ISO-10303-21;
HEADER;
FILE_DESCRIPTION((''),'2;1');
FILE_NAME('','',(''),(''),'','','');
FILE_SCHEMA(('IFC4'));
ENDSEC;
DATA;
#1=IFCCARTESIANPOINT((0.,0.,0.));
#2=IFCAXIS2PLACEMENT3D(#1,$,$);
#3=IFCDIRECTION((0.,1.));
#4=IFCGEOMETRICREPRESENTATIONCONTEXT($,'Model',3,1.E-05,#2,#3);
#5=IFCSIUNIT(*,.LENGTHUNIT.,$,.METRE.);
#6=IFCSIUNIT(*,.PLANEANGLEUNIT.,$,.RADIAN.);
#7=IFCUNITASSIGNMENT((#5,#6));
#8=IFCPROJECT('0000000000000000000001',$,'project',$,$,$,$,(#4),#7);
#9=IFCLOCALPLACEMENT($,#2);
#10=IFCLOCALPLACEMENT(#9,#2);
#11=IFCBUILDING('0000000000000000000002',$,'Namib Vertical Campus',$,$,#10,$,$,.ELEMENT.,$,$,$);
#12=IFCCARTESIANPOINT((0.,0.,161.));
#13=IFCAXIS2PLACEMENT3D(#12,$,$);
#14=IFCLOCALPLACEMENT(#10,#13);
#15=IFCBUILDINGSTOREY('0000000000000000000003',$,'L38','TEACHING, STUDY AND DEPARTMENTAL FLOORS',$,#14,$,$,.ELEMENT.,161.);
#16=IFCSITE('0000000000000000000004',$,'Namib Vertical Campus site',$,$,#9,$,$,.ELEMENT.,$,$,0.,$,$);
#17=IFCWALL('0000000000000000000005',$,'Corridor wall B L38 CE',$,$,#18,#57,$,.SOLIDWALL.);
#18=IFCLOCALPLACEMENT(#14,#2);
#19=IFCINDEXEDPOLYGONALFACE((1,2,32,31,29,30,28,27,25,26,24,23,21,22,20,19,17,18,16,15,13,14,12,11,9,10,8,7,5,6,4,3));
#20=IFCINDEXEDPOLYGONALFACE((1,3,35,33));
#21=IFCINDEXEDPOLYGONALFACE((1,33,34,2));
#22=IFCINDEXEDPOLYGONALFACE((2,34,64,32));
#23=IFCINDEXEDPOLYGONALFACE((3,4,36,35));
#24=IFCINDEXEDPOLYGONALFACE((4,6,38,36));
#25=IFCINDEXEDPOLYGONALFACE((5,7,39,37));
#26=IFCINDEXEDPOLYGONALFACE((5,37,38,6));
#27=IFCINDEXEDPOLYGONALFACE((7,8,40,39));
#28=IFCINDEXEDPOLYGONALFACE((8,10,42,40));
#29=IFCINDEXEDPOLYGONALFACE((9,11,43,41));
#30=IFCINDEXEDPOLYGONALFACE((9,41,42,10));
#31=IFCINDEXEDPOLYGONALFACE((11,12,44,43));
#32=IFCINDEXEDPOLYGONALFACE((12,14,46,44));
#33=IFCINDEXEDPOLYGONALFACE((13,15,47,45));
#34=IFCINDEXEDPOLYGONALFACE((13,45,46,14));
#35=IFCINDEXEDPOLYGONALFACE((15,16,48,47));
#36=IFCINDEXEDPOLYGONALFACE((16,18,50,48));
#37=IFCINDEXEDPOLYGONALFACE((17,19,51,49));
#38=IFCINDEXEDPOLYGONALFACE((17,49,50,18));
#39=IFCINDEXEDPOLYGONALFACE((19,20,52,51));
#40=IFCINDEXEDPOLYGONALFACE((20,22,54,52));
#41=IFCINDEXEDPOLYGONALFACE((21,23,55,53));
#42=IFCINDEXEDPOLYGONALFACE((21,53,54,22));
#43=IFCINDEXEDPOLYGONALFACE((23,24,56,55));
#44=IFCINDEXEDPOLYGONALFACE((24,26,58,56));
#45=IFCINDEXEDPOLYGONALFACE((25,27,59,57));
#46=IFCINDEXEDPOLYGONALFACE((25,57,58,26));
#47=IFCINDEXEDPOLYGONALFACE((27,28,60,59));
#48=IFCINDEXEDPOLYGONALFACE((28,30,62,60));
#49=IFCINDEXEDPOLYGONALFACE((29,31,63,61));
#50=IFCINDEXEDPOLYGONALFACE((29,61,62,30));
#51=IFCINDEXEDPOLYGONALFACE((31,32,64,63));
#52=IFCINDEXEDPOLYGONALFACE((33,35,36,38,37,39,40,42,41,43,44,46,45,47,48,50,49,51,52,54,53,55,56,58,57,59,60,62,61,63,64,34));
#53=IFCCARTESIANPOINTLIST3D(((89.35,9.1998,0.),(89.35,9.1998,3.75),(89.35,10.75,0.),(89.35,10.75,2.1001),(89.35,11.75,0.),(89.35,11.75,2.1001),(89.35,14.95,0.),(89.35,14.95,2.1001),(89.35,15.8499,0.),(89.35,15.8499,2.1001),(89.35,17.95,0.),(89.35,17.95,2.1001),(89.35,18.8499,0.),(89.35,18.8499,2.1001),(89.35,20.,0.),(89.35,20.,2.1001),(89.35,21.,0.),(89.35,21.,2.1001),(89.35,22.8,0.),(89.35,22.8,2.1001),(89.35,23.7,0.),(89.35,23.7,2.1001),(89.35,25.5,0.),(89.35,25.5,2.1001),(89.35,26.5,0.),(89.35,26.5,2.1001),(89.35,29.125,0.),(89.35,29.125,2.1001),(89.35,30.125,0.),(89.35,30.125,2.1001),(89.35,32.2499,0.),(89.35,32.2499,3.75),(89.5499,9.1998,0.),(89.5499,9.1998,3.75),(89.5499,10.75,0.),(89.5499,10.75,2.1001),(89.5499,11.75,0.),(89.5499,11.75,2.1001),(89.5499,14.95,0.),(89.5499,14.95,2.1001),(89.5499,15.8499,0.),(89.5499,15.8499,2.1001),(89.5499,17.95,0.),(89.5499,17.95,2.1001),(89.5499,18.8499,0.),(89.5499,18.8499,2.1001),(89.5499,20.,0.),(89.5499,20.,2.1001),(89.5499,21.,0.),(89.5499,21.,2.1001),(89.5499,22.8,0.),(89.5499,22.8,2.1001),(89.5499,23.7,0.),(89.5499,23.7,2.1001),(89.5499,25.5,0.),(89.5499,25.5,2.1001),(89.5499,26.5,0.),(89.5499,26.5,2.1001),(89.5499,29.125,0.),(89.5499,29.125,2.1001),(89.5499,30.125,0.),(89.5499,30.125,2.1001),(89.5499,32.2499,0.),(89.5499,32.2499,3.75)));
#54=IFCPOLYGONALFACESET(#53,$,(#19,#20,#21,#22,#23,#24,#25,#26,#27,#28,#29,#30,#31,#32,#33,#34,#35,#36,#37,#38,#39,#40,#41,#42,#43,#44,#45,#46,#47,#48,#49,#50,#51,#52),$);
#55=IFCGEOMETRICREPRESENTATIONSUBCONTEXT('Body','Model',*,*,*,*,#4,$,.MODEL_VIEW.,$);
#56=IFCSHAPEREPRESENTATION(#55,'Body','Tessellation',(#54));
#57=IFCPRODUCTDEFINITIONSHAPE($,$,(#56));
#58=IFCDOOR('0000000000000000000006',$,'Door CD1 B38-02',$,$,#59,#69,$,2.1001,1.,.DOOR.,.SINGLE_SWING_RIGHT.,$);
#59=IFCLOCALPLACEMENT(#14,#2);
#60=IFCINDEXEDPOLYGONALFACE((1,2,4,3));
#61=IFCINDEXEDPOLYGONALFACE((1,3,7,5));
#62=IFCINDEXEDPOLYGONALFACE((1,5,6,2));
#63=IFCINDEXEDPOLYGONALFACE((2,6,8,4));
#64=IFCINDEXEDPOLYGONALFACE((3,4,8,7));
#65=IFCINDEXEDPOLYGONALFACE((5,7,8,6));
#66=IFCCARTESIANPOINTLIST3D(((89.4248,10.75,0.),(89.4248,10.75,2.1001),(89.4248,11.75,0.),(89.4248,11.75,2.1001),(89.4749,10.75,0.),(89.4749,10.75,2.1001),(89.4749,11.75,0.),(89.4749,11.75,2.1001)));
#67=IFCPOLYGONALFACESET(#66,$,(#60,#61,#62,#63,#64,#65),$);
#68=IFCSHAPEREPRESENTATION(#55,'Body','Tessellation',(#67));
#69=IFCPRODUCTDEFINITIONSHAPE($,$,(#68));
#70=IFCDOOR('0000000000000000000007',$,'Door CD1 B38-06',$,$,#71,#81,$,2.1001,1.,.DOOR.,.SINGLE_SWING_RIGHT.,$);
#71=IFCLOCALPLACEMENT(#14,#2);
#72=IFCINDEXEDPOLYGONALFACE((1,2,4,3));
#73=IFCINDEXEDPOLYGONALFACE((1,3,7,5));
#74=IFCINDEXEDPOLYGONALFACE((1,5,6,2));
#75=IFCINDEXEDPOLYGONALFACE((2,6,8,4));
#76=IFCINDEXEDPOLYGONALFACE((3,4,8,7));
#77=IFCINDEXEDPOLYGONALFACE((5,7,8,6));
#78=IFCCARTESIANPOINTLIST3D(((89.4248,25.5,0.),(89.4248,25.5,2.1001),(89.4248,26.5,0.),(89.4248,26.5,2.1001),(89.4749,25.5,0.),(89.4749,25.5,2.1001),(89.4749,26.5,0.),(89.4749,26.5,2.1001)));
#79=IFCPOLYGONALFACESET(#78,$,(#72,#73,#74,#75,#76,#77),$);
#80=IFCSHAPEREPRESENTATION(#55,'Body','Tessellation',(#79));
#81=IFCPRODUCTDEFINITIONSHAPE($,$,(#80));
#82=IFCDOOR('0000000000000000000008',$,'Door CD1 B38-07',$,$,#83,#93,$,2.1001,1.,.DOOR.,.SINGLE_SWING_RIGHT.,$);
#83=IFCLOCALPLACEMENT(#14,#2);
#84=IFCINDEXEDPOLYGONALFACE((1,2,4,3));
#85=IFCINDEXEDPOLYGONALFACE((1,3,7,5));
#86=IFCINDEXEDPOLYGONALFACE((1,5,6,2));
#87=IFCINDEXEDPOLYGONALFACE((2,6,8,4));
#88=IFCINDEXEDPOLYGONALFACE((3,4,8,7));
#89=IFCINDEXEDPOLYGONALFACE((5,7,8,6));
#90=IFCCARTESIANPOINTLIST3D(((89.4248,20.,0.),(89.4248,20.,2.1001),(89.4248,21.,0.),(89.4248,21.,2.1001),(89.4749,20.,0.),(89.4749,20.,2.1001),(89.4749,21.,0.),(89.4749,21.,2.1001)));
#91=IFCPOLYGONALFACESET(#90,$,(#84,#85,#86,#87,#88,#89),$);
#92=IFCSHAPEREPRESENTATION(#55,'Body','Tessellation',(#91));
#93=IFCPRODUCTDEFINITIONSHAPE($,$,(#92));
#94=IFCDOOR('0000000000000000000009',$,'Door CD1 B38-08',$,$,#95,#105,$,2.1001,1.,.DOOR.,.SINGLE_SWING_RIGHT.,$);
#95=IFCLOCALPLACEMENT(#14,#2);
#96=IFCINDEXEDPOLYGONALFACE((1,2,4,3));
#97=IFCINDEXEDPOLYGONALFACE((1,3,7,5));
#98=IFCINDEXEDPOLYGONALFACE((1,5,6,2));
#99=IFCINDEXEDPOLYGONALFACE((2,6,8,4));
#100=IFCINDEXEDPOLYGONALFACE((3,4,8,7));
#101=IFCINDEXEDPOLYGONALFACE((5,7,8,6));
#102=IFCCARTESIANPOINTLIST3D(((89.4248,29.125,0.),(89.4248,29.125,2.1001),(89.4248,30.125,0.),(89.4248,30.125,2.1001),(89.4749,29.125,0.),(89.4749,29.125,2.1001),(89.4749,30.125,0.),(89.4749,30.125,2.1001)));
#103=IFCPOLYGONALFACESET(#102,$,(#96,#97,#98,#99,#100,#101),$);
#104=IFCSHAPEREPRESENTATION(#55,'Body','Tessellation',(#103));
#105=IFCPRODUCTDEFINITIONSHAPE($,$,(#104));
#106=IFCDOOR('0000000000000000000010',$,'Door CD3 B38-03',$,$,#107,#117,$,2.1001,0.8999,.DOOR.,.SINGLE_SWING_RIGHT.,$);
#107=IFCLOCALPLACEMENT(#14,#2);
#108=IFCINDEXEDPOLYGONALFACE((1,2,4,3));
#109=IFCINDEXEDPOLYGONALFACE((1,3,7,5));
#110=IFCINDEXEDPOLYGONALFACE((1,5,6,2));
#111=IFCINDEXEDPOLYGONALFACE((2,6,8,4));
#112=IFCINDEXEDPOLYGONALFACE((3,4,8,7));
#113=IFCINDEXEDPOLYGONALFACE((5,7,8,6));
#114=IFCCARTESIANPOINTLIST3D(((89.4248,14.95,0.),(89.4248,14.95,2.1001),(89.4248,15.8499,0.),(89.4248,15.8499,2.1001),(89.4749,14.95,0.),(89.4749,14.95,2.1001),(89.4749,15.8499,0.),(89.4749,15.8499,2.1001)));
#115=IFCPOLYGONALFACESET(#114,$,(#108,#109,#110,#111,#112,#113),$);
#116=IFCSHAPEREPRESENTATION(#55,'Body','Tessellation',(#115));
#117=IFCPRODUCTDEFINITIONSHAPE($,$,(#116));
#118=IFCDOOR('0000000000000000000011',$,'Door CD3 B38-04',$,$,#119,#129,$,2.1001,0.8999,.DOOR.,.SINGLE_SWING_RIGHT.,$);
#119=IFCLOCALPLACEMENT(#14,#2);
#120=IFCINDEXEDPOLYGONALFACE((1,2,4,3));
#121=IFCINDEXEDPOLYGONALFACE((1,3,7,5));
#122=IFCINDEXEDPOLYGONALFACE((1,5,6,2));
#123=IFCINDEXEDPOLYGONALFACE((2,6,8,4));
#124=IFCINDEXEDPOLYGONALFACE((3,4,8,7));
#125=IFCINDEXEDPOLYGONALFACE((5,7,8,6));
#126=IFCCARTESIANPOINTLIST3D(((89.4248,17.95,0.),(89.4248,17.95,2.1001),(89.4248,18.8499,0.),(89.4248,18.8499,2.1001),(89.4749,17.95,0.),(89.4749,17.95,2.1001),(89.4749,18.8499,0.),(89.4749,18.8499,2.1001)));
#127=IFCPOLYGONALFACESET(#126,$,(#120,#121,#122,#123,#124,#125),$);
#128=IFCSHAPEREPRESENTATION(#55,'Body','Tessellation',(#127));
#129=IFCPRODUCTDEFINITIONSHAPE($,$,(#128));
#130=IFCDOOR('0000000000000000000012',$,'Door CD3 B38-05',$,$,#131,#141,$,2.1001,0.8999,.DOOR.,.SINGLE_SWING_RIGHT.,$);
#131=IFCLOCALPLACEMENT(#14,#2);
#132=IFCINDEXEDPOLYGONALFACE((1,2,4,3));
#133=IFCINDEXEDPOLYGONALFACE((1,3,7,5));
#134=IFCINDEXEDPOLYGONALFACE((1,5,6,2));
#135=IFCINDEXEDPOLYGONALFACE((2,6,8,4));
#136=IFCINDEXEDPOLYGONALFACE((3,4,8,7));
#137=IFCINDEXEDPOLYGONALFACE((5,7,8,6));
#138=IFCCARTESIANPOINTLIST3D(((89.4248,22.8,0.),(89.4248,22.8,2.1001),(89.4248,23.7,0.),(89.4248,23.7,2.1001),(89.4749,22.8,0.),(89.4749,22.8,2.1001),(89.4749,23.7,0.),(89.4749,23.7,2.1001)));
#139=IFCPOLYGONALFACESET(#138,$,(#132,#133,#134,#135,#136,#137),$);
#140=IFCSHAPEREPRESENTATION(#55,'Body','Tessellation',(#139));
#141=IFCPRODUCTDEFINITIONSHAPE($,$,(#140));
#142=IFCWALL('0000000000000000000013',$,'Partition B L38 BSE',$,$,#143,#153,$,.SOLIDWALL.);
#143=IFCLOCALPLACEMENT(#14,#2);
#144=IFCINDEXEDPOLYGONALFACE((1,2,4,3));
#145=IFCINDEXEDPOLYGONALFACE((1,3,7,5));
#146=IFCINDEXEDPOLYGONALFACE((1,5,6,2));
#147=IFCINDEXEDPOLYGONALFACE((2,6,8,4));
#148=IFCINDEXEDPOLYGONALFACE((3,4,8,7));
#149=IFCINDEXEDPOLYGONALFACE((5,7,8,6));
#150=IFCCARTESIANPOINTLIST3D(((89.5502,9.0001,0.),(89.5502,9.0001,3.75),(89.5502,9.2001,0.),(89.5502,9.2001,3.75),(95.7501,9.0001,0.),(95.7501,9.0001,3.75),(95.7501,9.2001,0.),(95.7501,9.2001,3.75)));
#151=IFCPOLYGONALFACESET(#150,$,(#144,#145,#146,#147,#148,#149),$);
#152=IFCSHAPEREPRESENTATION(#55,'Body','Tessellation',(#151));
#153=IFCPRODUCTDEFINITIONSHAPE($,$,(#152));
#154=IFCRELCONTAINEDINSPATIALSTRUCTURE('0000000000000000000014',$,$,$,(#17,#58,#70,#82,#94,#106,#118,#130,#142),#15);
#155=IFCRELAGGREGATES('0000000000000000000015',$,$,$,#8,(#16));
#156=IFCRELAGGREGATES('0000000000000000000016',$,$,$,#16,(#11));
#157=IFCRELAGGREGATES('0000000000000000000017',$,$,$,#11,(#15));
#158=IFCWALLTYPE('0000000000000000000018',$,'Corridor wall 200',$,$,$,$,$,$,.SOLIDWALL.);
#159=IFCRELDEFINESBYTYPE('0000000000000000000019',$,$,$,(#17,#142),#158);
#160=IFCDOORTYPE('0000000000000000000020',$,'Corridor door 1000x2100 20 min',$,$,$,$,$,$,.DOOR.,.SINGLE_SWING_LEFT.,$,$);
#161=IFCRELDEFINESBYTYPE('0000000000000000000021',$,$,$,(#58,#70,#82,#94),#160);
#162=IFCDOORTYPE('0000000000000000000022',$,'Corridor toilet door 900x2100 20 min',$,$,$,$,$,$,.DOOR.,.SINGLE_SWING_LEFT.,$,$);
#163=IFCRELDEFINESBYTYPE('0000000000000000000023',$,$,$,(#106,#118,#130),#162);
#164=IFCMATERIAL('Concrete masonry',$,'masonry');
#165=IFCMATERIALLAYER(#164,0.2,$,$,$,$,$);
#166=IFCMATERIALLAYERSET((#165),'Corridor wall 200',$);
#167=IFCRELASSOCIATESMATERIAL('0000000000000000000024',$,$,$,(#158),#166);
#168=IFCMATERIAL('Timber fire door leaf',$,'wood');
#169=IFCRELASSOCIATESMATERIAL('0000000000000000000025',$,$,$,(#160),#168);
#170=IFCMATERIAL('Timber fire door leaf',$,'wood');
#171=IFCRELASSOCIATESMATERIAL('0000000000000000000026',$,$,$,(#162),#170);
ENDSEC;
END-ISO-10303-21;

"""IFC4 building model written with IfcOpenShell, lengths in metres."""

from ifc_helpers import new_model, si_unit, direction, frame, frame_2d, origin, place, context, subcontext, project, spatial, rectangle, extrude, material, layer, layer_set, type_object, element, fill, save


model = new_model("IFC4")

# Units and contexts
model_context = context("Model", 3, precision=1e-05, world=origin(), true_north=direction((0.0, 1.0)))
body_context = subcontext(model_context, "Body", "Model", "MODEL_VIEW")
ifc_project = project(units=[si_unit("LENGTHUNIT", "METRE"), si_unit("PLANEANGLEUNIT", "RADIAN")], contexts=[model_context])

# Site, building, storey
site_placement = place(None, origin())
site = spatial("IfcSite", under=ifc_project, at=site_placement, Name="Namib Vertical Campus site", CompositionType="ELEMENT", RefElevation=0.0)
building_placement = place(site_placement, origin())
building = spatial("IfcBuilding", under=site, at=building_placement, Name="Namib Vertical Campus", CompositionType="ELEMENT")
storey_placement = place(building_placement, frame((0.0, 0.0, 161.0)))
storey = spatial("IfcBuildingStorey", under=building, at=storey_placement, Name="L38", Description="TEACHING, STUDY AND DEPARTMENTAL FLOORS", CompositionType="ELEMENT", Elevation=161.0)

# Wall, openings, doors
ifc_material_1 = material(Name="Concrete masonry", Category="masonry")
ifc_layer_1 = layer(ifc_material_1, 0.2)
ifc_layer_set_1 = layer_set([ifc_layer_1], Name="Corridor wall 200")
wall_type_1 = type_object("IfcWallType", Name="Corridor wall 200", PredefinedType="SOLIDWALL", material=ifc_layer_set_1)
wall_1_placement = place(storey_placement, frame((89.45, 9.2, 0.0), z_axis=(0.0, 0.0, 1.0), x_axis=(0.0, 1.0, 0.0)))
wall_1 = element("IfcWall", 1, at=wall_1_placement, inside=storey, type_object=wall_type_1, Name="Corridor wall B L38 CE", PredefinedType="SOLIDWALL", context=body_context, shape_type="SweptSolid", body=[
    extrude(rectangle(XDim=23.05, YDim=0.2, at=frame_2d((11.5249, 0.0))), origin(), (0.0, 0.0, 1.0), 3.75),
])
opening_1_placement = place(wall_1_placement, frame((1.55, 0.0, 0.0)))
opening_1 = element("IfcOpeningElement", 2, at=opening_1_placement, cuts=wall_1, PredefinedType="OPENING", context=body_context, shape_type="SweptSolid", body=[
    extrude(rectangle(XDim=1.0, YDim=2.1001, at=frame_2d((0.5, 1.05))), frame((0.0, 0.1099, 0.0), z_axis=(0.0, -1.0, 0.0), x_axis=(1.0, 0.0, 0.0)), (0.0, 0.0, 1.0), 0.22),
])
opening_2_placement = place(wall_1_placement, frame((5.75, 0.0, 0.0)))
opening_2 = element("IfcOpeningElement", 3, at=opening_2_placement, cuts=wall_1, PredefinedType="OPENING", context=body_context, shape_type="SweptSolid", body=[
    extrude(rectangle(XDim=0.8999, YDim=2.1001, at=frame_2d((0.45, 1.05))), frame((0.0, 0.1099, 0.0), z_axis=(0.0, -1.0, 0.0), x_axis=(1.0, 0.0, 0.0)), (0.0, 0.0, 1.0), 0.22),
])
opening_3_placement = place(wall_1_placement, frame((8.75, 0.0, 0.0)))
opening_3 = element("IfcOpeningElement", 4, at=opening_3_placement, cuts=wall_1, PredefinedType="OPENING", context=body_context, shape_type="SweptSolid", body=[
    extrude(rectangle(XDim=0.8999, YDim=2.1001, at=frame_2d((0.45, 1.05))), frame((0.0, 0.1099, 0.0), z_axis=(0.0, -1.0, 0.0), x_axis=(1.0, 0.0, 0.0)), (0.0, 0.0, 1.0), 0.22),
])
opening_4_placement = place(wall_1_placement, frame((13.6001, 0.0, 0.0)))
opening_4 = element("IfcOpeningElement", 5, at=opening_4_placement, cuts=wall_1, PredefinedType="OPENING", context=body_context, shape_type="SweptSolid", body=[
    extrude(rectangle(XDim=0.8999, YDim=2.1001, at=frame_2d((0.45, 1.05))), frame((0.0, 0.1099, 0.0), z_axis=(0.0, -1.0, 0.0), x_axis=(1.0, 0.0, 0.0)), (0.0, 0.0, 1.0), 0.22),
])
opening_5_placement = place(wall_1_placement, frame((16.3, 0.0, 0.0)))
opening_5 = element("IfcOpeningElement", 6, at=opening_5_placement, cuts=wall_1, PredefinedType="OPENING", context=body_context, shape_type="SweptSolid", body=[
    extrude(rectangle(XDim=1.0, YDim=2.1001, at=frame_2d((0.5, 1.05))), frame((0.0, 0.1099, 0.0), z_axis=(0.0, -1.0, 0.0), x_axis=(1.0, 0.0, 0.0)), (0.0, 0.0, 1.0), 0.22),
])
opening_6_placement = place(wall_1_placement, frame((10.8, 0.0, 0.0)))
opening_6 = element("IfcOpeningElement", 7, at=opening_6_placement, cuts=wall_1, PredefinedType="OPENING", context=body_context, shape_type="SweptSolid", body=[
    extrude(rectangle(XDim=1.0, YDim=2.1001, at=frame_2d((0.5, 1.05))), frame((0.0, 0.1099, 0.0), z_axis=(0.0, -1.0, 0.0), x_axis=(1.0, 0.0, 0.0)), (0.0, 0.0, 1.0), 0.22),
])
opening_7_placement = place(wall_1_placement, frame((19.925, 0.0, 0.0)))
opening_7 = element("IfcOpeningElement", 8, at=opening_7_placement, cuts=wall_1, PredefinedType="OPENING", context=body_context, shape_type="SweptSolid", body=[
    extrude(rectangle(XDim=1.0, YDim=2.1001, at=frame_2d((0.5, 1.05))), frame((0.0, 0.1099, 0.0), z_axis=(0.0, -1.0, 0.0), x_axis=(1.0, 0.0, 0.0)), (0.0, 0.0, 1.0), 0.22),
])
ifc_material_2 = material(Name="Timber fire door leaf", Category="wood")
door_type_1 = type_object("IfcDoorType", Name="Corridor door 1000x2100 20 min", OperationType="SINGLE_SWING_LEFT", PredefinedType="DOOR", material=ifc_material_2)
door_1_placement = place(opening_1_placement, frame((1.0, 0.0, 0.0), z_axis=(0.0, 0.0, 1.0), x_axis=(-1.0, 0.0, 0.0)))
door_1 = element("IfcDoor", 9, at=door_1_placement, inside=storey, type_object=door_type_1, Name="Door CD1 B38-02", OperationType="SINGLE_SWING_RIGHT", OverallHeight=2.1001, OverallWidth=1.0, PredefinedType="DOOR", context=body_context, shape_type="SweptSolid", body=[
    extrude(rectangle(XDim=1.0, YDim=2.1001, at=frame_2d((0.5, 1.05))), frame((0.0, 0.0249, 0.0), z_axis=(0.0, -1.0, 0.0), x_axis=(1.0, 0.0, 0.0)), (0.0, 0.0, 1.0), 0.05),
])
fill(opening_1, door_1)
door_2_placement = place(opening_5_placement, frame((1.0, 0.0, 0.0), z_axis=(0.0, 0.0, 1.0), x_axis=(-1.0, 0.0, 0.0)))
door_2 = element("IfcDoor", 10, at=door_2_placement, inside=storey, type_object=door_type_1, Name="Door CD1 B38-06", OperationType="SINGLE_SWING_RIGHT", OverallHeight=2.1001, OverallWidth=1.0, PredefinedType="DOOR", context=body_context, shape_type="SweptSolid", body=[
    extrude(rectangle(XDim=1.0, YDim=2.1001, at=frame_2d((0.5, 1.05))), frame((0.0, 0.0249, 0.0), z_axis=(0.0, -1.0, 0.0), x_axis=(1.0, 0.0, 0.0)), (0.0, 0.0, 1.0), 0.05),
])
fill(opening_5, door_2)
door_3_placement = place(opening_6_placement, frame((1.0, 0.0, 0.0), z_axis=(0.0, 0.0, 1.0), x_axis=(-1.0, 0.0, 0.0)))
door_3 = element("IfcDoor", 11, at=door_3_placement, inside=storey, type_object=door_type_1, Name="Door CD1 B38-07", OperationType="SINGLE_SWING_RIGHT", OverallHeight=2.1001, OverallWidth=1.0, PredefinedType="DOOR", context=body_context, shape_type="SweptSolid", body=[
    extrude(rectangle(XDim=1.0, YDim=2.1001, at=frame_2d((0.5, 1.05))), frame((0.0, 0.0249, 0.0), z_axis=(0.0, -1.0, 0.0), x_axis=(1.0, 0.0, 0.0)), (0.0, 0.0, 1.0), 0.05),
])
fill(opening_6, door_3)
door_4_placement = place(opening_7_placement, frame((1.0, 0.0, 0.0), z_axis=(0.0, 0.0, 1.0), x_axis=(-1.0, 0.0, 0.0)))
door_4 = element("IfcDoor", 12, at=door_4_placement, inside=storey, type_object=door_type_1, Name="Door CD1 B38-08", OperationType="SINGLE_SWING_RIGHT", OverallHeight=2.1001, OverallWidth=1.0, PredefinedType="DOOR", context=body_context, shape_type="SweptSolid", body=[
    extrude(rectangle(XDim=1.0, YDim=2.1001, at=frame_2d((0.5, 1.05))), frame((0.0, 0.0249, 0.0), z_axis=(0.0, -1.0, 0.0), x_axis=(1.0, 0.0, 0.0)), (0.0, 0.0, 1.0), 0.05),
])
fill(opening_7, door_4)
ifc_material_3 = material(Name="Timber fire door leaf", Category="wood")
door_type_2 = type_object("IfcDoorType", Name="Corridor toilet door 900x2100 20 min", OperationType="SINGLE_SWING_LEFT", PredefinedType="DOOR", material=ifc_material_3)
door_5_placement = place(opening_2_placement, frame((0.8999, 0.0, 0.0), z_axis=(0.0, 0.0, 1.0), x_axis=(-1.0, 0.0, 0.0)))
door_5 = element("IfcDoor", 13, at=door_5_placement, inside=storey, type_object=door_type_2, Name="Door CD3 B38-03", OperationType="SINGLE_SWING_RIGHT", OverallHeight=2.1001, OverallWidth=0.8999, PredefinedType="DOOR", context=body_context, shape_type="SweptSolid", body=[
    extrude(rectangle(XDim=0.8999, YDim=2.1001, at=frame_2d((0.45, 1.05))), frame((0.0, 0.0249, 0.0), z_axis=(0.0, -1.0, 0.0), x_axis=(1.0, 0.0, 0.0)), (0.0, 0.0, 1.0), 0.05),
])
fill(opening_2, door_5)
door_6_placement = place(opening_3_placement, frame((0.8999, 0.0, 0.0), z_axis=(0.0, 0.0, 1.0), x_axis=(-1.0, 0.0, 0.0)))
door_6 = element("IfcDoor", 14, at=door_6_placement, inside=storey, type_object=door_type_2, Name="Door CD3 B38-04", OperationType="SINGLE_SWING_RIGHT", OverallHeight=2.1001, OverallWidth=0.8999, PredefinedType="DOOR", context=body_context, shape_type="SweptSolid", body=[
    extrude(rectangle(XDim=0.8999, YDim=2.1001, at=frame_2d((0.45, 1.05))), frame((0.0, 0.0249, 0.0), z_axis=(0.0, -1.0, 0.0), x_axis=(1.0, 0.0, 0.0)), (0.0, 0.0, 1.0), 0.05),
])
fill(opening_3, door_6)
door_7_placement = place(opening_4_placement, frame((0.8999, 0.0, 0.0), z_axis=(0.0, 0.0, 1.0), x_axis=(-1.0, 0.0, 0.0)))
door_7 = element("IfcDoor", 15, at=door_7_placement, inside=storey, type_object=door_type_2, Name="Door CD3 B38-05", OperationType="SINGLE_SWING_RIGHT", OverallHeight=2.1001, OverallWidth=0.8999, PredefinedType="DOOR", context=body_context, shape_type="SweptSolid", body=[
    extrude(rectangle(XDim=0.8999, YDim=2.1001, at=frame_2d((0.45, 1.05))), frame((0.0, 0.0249, 0.0), z_axis=(0.0, -1.0, 0.0), x_axis=(1.0, 0.0, 0.0)), (0.0, 0.0, 1.0), 0.05),
])
fill(opening_4, door_7)

# Wall
wall_2_placement = place(storey_placement, frame((89.55, 9.1001, 0.0), z_axis=(0.0, 0.0, 1.0), x_axis=(1.0, 0.0, 0.0)))
element("IfcWall", 16, at=wall_2_placement, inside=storey, type_object=wall_type_1, Name="Partition B L38 BSE", PredefinedType="SOLIDWALL", context=body_context, shape_type="SweptSolid", body=[
    extrude(rectangle(XDim=6.2, YDim=0.2, at=frame_2d((3.1001, 0.0))), origin(), (0.0, 0.0, 1.0), 3.75),
])

save(model, "model.ifc")
